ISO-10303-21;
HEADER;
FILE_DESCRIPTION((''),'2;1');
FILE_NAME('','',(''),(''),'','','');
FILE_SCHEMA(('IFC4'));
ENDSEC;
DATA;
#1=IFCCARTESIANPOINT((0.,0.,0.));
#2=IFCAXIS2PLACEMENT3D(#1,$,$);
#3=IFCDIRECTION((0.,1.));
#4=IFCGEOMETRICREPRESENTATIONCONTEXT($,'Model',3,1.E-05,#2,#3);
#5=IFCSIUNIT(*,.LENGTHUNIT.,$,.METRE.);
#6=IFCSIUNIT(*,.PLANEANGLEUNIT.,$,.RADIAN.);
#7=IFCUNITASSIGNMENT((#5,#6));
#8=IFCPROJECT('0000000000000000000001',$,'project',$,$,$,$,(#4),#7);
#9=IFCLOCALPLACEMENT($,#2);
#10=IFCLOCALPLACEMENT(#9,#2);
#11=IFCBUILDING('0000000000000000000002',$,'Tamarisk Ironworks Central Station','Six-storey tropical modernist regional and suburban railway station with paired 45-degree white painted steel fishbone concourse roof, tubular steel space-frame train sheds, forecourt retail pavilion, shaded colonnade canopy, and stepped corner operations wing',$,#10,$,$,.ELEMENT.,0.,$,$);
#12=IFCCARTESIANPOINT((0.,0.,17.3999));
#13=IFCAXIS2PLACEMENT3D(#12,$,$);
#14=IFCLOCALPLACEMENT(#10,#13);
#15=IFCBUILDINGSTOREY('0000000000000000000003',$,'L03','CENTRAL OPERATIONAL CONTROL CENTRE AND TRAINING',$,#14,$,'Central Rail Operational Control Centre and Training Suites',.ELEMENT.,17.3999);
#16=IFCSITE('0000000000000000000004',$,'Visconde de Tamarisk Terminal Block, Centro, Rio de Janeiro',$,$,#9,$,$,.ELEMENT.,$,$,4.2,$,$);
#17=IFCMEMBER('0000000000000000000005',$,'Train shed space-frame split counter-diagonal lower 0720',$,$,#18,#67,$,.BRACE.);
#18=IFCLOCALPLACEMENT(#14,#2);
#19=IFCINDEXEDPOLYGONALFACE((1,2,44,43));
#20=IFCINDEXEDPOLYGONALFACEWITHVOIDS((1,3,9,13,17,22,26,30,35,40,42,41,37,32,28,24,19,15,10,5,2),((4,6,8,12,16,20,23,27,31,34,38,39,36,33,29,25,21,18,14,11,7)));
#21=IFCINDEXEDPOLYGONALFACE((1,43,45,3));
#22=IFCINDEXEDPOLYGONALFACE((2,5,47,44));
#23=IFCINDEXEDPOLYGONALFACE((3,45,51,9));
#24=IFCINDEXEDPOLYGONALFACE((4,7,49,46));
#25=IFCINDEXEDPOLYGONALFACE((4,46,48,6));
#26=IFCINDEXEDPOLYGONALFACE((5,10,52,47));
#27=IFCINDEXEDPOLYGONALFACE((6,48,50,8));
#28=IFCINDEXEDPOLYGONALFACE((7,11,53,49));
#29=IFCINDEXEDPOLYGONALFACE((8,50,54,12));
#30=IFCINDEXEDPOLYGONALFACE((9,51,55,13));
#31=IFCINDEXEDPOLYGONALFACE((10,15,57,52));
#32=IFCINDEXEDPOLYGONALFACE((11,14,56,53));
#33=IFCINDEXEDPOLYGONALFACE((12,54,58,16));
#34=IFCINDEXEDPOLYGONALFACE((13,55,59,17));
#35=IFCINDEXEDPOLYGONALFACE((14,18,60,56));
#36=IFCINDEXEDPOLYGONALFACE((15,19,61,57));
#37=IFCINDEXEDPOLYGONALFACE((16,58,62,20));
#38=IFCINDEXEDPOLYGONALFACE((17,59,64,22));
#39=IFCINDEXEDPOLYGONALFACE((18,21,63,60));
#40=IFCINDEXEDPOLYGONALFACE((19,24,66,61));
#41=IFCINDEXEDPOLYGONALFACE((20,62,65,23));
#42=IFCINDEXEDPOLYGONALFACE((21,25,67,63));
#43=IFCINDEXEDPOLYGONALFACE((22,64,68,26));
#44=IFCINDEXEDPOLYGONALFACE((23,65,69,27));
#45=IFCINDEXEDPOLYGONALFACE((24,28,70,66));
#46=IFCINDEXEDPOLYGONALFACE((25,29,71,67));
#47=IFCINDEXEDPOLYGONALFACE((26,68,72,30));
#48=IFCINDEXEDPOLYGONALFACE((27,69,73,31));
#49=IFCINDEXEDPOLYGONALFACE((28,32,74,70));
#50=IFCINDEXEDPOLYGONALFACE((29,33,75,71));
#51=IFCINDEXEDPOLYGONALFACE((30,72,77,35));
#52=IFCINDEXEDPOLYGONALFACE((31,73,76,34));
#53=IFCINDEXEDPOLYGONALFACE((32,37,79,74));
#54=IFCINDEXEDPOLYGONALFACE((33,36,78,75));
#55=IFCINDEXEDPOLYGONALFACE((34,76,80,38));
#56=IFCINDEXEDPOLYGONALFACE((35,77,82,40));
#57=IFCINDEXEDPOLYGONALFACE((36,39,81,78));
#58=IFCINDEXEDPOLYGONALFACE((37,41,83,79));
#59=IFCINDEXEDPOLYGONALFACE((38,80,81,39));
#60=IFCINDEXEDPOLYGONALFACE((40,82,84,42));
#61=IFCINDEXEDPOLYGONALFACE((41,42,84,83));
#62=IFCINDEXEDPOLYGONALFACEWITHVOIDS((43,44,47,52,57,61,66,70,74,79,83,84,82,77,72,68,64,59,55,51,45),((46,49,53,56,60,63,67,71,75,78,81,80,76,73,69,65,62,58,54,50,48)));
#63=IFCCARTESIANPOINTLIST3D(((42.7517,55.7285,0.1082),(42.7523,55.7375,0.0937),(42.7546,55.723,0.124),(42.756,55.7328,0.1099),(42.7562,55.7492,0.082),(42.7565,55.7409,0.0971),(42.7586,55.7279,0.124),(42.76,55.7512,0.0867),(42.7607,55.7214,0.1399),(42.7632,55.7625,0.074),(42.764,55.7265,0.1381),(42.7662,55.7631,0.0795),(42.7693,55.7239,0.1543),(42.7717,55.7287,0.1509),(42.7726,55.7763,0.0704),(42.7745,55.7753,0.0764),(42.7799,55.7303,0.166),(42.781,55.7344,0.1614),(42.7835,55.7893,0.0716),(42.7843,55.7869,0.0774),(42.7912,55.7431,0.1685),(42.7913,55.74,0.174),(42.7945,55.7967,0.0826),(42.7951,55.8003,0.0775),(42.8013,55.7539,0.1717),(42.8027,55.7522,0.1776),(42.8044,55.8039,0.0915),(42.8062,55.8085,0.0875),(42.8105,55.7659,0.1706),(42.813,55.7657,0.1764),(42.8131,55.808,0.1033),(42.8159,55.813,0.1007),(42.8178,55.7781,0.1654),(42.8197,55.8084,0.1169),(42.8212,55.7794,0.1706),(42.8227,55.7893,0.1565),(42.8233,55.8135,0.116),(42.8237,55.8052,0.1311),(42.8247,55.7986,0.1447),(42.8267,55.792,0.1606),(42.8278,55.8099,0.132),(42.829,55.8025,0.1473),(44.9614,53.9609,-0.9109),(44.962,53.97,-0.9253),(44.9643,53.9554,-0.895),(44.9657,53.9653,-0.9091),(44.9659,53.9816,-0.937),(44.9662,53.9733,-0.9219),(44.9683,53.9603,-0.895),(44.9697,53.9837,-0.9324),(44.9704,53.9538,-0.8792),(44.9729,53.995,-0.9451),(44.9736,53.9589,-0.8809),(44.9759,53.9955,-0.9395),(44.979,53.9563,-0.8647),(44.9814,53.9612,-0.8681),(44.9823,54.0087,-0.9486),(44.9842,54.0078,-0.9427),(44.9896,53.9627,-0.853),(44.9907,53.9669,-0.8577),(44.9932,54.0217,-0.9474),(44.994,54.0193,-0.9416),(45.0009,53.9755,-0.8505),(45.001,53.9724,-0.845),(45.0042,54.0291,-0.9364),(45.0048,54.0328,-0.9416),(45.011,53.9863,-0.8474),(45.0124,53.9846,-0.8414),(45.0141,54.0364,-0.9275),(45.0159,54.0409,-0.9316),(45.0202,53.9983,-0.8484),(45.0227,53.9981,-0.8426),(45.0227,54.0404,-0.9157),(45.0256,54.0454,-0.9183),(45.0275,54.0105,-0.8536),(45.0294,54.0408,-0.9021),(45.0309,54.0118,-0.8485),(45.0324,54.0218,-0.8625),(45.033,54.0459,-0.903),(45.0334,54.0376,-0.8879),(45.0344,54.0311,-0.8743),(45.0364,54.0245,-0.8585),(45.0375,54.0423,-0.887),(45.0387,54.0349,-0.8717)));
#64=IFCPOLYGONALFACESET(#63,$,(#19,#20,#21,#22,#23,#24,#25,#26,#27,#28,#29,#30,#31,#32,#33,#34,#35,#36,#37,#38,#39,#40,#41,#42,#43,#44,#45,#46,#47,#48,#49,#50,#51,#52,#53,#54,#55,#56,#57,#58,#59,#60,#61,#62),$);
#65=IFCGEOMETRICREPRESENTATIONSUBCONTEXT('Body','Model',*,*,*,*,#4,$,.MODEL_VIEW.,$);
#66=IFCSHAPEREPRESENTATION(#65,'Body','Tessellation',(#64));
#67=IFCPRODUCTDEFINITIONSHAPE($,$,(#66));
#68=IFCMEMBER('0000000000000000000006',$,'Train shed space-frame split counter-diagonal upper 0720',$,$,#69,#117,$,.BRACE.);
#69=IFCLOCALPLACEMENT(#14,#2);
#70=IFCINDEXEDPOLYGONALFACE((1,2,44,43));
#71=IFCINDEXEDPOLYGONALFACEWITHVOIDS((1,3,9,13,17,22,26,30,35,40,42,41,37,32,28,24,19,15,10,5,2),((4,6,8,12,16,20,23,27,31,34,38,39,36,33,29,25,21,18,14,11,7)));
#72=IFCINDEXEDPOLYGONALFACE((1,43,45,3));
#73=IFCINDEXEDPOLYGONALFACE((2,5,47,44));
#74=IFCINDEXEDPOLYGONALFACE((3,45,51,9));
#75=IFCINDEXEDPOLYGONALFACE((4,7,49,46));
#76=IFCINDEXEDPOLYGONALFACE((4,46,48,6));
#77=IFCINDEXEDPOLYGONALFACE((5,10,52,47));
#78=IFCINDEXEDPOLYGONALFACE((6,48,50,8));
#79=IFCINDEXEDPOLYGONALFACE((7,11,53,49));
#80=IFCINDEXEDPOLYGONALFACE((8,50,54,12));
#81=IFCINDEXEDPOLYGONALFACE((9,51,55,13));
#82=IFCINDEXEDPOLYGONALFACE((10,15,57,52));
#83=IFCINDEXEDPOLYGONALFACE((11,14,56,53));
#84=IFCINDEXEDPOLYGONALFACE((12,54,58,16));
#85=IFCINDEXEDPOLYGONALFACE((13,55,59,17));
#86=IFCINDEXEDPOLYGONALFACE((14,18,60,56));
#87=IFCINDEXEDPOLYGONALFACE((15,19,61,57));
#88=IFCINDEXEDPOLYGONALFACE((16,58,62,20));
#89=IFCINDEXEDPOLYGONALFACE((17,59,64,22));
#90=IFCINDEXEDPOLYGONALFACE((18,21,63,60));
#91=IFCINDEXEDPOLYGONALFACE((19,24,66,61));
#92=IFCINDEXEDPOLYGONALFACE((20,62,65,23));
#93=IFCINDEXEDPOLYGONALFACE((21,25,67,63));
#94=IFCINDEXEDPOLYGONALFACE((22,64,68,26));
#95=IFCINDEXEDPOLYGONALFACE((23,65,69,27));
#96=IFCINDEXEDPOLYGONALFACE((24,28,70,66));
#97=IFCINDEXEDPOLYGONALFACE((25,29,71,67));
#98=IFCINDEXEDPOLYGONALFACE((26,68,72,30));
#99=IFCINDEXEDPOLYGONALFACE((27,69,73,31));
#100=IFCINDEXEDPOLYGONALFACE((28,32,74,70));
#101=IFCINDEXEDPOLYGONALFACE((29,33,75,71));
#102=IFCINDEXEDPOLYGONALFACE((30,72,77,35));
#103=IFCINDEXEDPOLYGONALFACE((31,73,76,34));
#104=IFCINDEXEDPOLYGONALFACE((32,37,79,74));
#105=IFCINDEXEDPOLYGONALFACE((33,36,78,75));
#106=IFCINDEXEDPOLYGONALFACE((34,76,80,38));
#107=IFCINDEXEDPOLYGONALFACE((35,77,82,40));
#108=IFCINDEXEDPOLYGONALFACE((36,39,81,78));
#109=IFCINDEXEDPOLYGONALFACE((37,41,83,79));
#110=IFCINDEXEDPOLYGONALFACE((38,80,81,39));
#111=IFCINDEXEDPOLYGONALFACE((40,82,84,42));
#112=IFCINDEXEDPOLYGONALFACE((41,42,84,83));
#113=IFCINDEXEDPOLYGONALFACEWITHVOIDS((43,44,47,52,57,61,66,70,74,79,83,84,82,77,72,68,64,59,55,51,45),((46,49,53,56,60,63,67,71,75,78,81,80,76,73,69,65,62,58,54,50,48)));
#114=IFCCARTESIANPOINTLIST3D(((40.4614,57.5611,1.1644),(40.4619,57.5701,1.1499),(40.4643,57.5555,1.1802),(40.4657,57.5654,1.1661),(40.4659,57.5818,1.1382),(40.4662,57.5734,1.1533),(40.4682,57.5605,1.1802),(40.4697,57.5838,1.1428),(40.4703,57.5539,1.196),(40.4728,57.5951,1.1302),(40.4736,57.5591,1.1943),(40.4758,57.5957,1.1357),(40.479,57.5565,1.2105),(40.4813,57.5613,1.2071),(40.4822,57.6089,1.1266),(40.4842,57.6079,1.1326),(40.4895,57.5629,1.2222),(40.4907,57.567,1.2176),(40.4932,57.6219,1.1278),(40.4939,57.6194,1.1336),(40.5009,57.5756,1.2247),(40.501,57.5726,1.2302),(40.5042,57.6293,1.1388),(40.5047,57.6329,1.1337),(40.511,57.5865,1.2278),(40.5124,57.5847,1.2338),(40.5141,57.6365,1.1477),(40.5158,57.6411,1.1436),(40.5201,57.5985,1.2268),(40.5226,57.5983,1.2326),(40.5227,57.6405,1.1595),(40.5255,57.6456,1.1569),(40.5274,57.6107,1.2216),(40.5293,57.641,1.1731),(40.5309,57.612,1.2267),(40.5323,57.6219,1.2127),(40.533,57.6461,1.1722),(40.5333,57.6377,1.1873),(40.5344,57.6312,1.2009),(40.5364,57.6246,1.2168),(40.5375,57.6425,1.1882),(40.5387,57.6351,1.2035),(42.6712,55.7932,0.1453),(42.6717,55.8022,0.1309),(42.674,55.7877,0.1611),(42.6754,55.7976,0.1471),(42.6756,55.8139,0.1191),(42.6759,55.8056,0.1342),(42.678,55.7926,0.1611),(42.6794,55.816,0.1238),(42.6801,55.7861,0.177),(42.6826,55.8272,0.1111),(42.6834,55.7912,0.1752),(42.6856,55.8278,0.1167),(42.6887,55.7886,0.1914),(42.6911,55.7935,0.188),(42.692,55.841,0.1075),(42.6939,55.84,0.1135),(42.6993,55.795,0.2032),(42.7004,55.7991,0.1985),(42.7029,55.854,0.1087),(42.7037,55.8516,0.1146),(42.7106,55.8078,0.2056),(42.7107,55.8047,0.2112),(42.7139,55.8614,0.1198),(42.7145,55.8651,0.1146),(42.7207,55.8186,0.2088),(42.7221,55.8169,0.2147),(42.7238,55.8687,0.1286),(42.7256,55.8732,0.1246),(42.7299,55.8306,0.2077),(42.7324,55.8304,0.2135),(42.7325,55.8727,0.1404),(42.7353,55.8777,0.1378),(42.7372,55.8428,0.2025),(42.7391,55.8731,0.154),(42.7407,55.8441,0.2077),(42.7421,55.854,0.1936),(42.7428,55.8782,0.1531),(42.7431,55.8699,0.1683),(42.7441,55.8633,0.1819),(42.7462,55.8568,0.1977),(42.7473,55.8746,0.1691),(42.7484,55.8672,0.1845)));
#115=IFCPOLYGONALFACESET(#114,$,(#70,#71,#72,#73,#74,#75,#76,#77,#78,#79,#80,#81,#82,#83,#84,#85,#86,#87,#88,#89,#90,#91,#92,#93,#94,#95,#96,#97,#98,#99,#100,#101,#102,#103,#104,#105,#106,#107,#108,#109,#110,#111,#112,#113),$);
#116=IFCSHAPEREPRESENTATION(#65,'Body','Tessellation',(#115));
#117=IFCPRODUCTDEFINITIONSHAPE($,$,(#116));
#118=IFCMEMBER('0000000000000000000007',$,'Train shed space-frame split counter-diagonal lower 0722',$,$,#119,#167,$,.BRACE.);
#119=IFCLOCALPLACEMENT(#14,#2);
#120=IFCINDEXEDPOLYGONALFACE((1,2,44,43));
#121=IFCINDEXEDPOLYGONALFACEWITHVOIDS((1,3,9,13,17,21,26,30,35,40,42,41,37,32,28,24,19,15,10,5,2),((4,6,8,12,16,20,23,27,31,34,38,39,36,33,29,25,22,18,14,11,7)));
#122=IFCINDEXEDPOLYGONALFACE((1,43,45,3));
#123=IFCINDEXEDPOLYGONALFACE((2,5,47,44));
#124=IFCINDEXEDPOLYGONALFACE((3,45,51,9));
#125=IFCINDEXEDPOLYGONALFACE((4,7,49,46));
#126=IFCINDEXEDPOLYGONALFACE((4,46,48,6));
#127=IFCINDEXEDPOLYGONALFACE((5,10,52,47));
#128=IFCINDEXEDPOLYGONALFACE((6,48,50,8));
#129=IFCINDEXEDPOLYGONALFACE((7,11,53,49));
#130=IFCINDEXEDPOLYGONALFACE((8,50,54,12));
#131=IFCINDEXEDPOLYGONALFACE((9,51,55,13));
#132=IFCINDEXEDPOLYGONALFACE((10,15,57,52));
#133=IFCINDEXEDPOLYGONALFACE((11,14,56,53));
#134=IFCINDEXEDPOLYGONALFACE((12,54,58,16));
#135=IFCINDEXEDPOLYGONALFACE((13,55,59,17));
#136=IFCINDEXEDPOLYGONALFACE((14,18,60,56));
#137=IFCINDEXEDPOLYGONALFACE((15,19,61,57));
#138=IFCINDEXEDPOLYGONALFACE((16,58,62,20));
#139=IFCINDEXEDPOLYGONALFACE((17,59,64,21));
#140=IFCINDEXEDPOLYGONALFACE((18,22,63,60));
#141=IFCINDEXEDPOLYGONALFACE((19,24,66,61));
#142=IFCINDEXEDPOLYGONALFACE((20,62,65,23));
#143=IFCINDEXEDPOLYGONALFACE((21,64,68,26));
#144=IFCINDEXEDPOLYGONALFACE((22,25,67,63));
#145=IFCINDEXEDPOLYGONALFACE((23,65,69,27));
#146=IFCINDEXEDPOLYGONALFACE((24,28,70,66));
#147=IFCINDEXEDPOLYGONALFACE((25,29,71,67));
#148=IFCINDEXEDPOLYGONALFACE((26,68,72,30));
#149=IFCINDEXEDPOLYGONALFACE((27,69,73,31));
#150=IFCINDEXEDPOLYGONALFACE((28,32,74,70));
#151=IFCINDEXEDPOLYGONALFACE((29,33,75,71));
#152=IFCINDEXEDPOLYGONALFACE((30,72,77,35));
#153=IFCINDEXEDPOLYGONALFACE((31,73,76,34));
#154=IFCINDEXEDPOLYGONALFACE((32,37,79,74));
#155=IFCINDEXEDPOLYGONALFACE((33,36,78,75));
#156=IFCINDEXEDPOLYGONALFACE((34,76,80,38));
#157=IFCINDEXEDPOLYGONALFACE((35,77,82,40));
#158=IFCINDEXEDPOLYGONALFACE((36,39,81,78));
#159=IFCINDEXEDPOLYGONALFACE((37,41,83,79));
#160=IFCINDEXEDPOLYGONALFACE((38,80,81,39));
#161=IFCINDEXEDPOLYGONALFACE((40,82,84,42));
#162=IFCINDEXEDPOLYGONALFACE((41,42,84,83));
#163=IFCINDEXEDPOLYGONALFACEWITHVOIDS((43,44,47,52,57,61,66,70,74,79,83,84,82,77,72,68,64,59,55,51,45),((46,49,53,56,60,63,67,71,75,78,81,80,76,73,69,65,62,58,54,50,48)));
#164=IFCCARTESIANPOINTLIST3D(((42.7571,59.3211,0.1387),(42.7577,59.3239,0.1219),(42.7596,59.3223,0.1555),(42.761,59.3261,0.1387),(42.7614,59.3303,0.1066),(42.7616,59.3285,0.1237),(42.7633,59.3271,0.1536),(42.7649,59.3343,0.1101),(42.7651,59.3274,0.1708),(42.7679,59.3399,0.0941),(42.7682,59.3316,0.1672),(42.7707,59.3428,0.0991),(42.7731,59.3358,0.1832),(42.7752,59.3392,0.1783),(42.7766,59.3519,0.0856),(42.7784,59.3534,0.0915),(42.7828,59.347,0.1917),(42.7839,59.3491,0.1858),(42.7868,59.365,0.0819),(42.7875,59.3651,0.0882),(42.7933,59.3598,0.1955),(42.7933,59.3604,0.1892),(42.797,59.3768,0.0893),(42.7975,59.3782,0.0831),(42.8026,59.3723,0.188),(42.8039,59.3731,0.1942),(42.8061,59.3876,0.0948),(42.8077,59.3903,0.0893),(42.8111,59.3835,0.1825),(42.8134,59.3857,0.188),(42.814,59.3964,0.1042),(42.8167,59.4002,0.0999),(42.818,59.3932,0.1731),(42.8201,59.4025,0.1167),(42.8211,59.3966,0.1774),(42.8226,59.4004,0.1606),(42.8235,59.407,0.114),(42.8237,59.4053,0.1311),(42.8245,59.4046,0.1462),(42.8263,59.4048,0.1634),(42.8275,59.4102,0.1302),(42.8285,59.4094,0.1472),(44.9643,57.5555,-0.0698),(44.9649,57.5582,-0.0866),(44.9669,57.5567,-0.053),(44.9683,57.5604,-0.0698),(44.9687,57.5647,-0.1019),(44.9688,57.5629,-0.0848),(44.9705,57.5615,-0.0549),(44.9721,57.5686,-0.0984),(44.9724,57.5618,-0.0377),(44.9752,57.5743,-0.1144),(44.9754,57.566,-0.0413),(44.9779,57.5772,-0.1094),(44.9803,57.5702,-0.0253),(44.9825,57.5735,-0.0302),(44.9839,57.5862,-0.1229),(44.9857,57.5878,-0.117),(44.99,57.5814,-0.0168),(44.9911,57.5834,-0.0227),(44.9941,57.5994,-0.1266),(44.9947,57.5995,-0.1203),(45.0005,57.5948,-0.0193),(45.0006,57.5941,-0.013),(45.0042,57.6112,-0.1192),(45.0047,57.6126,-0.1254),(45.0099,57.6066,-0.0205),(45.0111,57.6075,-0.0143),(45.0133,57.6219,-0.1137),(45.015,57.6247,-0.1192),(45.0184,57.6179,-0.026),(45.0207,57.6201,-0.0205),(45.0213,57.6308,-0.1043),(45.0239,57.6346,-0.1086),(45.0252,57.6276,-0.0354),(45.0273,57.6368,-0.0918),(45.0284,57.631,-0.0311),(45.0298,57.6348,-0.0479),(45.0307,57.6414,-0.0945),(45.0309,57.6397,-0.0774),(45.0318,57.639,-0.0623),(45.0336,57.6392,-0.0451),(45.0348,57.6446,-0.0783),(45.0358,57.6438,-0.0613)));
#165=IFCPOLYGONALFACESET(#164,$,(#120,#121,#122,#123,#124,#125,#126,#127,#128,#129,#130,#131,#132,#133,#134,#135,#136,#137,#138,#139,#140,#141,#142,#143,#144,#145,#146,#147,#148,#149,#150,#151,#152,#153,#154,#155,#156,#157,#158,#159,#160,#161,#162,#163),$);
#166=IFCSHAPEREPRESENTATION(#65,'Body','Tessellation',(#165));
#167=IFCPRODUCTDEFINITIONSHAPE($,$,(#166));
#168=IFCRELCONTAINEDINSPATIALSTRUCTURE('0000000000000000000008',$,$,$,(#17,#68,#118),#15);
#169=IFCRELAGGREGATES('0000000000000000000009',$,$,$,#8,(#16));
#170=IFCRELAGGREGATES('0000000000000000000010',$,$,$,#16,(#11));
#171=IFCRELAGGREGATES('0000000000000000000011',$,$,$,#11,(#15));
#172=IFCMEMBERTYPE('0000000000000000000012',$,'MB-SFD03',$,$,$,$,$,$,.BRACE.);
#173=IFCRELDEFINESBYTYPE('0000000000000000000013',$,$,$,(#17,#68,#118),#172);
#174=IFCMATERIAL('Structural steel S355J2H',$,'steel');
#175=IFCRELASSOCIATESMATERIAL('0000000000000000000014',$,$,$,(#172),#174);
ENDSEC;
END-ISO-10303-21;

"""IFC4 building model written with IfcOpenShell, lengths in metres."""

from ifc_helpers import new_model, si_unit, direction, frame, origin, origin_2d, place, context, subcontext, project, spatial, hollow_circle, extrude, material, material_profile, profile_set, type_object, element, save


model = new_model("IFC4")

# Units and contexts
model_context = context("Model", 3, precision=1e-05, world=origin(), true_north=direction((0.0, 1.0)))
body_context = subcontext(model_context, "Body", "Model", "MODEL_VIEW")
ifc_project = project(units=[si_unit("LENGTHUNIT", "METRE"), si_unit("PLANEANGLEUNIT", "RADIAN")], contexts=[model_context])

# Site, building, storey
site_placement = place(None, origin())
site = spatial("IfcSite", under=ifc_project, at=site_placement, Name="Visconde de Tamarisk Terminal Block, Centro, Rio de Janeiro", CompositionType="ELEMENT", RefElevation=4.2)
building_placement = place(site_placement, origin())
building = spatial("IfcBuilding", under=site, at=building_placement, Name="Tamarisk Ironworks Central Station", Description="Six-storey tropical modernist regional and suburban railway station with paired 45-degree white painted steel fishbone concourse roof, tubular steel space-frame train sheds, forecourt retail pavilion, shaded colonnade canopy, and stepped corner operations wing", CompositionType="ELEMENT", ElevationOfRefHeight=0.0)
storey_placement = place(building_placement, frame((0.0, 0.0, 17.3999)))
storey = spatial("IfcBuildingStorey", under=building, at=storey_placement, Name="L03", Description="CENTRAL OPERATIONAL CONTROL CENTRE AND TRAINING", LongName="Central Rail Operational Control Centre and Training Suites", CompositionType="ELEMENT", Elevation=17.3999)

# Members
ifc_material_1 = material(Name="Structural steel S355J2H", Category="steel")
ifc_material_profile_1 = material_profile(ifc_material_1, hollow_circle(Radius=0.0571, WallThickness=0.0063, at=origin_2d()), Name="CHS 114.3x6.3")
ifc_profile_set_1 = profile_set([ifc_material_profile_1], Name="Structural steel S355J2H")
member_type_1 = type_object("IfcMemberType", Name="MB-SFD03", PredefinedType="BRACE", material=ifc_profile_set_1)
for number, where, z_axis, x_axis, name in (
    (1, (45.0, 54.0, -0.895), (-0.734712, 0.587705, 0.338823), (-0.624653, -0.780902, 0.0), "Train shed space-frame split counter-diagonal lower 0720"),
):
    element("IfcMember", number, at=place(storey_placement, frame(where, z_axis=z_axis, x_axis=x_axis)), inside=storey, type_object=member_type_1, Name=name, PredefinedType="BRACE", context=body_context, shape_type="SweptSolid", body=[
        extrude(hollow_circle(Radius=0.0571, WallThickness=0.0063, at=origin_2d()), origin(), (0.0, 0.0, 1.0), 3.0076),
    ])
member_1_placement = place(storey_placement, frame((42.7097, 55.8323, 0.1611), z_axis=(-0.734677, 0.587758, 0.338807), x_axis=(-0.624706, -0.78086, 0.0)))
element("IfcMember", 2, at=member_1_placement, inside=storey, type_object=member_type_1, Name="Train shed space-frame split counter-diagonal upper 0720", PredefinedType="BRACE", context=body_context, shape_type="SweptSolid", body=[
    extrude(hollow_circle(Radius=0.0571, WallThickness=0.0063, at=origin_2d()), origin(), (0.0, 0.0, 1.0), 3.0078),
])
for number, where, z_axis, x_axis, name in (
    (3, (45.0, 57.6001, -0.0698), (-0.778787, 0.62296, 0.073563), (-0.624653, -0.780903, 0.0), "Train shed space-frame split counter-diagonal lower 0722"),
):
    element("IfcMember", number, at=place(storey_placement, frame(where, z_axis=z_axis, x_axis=x_axis)), inside=storey, type_object=member_type_1, Name=name, PredefinedType="BRACE", context=body_context, shape_type="SweptSolid", body=[
        extrude(hollow_circle(Radius=0.0571, WallThickness=0.0063, at=origin_2d()), origin(), (0.0, 0.0, 1.0), 2.8342),
    ])

save(model, "model.ifc")
